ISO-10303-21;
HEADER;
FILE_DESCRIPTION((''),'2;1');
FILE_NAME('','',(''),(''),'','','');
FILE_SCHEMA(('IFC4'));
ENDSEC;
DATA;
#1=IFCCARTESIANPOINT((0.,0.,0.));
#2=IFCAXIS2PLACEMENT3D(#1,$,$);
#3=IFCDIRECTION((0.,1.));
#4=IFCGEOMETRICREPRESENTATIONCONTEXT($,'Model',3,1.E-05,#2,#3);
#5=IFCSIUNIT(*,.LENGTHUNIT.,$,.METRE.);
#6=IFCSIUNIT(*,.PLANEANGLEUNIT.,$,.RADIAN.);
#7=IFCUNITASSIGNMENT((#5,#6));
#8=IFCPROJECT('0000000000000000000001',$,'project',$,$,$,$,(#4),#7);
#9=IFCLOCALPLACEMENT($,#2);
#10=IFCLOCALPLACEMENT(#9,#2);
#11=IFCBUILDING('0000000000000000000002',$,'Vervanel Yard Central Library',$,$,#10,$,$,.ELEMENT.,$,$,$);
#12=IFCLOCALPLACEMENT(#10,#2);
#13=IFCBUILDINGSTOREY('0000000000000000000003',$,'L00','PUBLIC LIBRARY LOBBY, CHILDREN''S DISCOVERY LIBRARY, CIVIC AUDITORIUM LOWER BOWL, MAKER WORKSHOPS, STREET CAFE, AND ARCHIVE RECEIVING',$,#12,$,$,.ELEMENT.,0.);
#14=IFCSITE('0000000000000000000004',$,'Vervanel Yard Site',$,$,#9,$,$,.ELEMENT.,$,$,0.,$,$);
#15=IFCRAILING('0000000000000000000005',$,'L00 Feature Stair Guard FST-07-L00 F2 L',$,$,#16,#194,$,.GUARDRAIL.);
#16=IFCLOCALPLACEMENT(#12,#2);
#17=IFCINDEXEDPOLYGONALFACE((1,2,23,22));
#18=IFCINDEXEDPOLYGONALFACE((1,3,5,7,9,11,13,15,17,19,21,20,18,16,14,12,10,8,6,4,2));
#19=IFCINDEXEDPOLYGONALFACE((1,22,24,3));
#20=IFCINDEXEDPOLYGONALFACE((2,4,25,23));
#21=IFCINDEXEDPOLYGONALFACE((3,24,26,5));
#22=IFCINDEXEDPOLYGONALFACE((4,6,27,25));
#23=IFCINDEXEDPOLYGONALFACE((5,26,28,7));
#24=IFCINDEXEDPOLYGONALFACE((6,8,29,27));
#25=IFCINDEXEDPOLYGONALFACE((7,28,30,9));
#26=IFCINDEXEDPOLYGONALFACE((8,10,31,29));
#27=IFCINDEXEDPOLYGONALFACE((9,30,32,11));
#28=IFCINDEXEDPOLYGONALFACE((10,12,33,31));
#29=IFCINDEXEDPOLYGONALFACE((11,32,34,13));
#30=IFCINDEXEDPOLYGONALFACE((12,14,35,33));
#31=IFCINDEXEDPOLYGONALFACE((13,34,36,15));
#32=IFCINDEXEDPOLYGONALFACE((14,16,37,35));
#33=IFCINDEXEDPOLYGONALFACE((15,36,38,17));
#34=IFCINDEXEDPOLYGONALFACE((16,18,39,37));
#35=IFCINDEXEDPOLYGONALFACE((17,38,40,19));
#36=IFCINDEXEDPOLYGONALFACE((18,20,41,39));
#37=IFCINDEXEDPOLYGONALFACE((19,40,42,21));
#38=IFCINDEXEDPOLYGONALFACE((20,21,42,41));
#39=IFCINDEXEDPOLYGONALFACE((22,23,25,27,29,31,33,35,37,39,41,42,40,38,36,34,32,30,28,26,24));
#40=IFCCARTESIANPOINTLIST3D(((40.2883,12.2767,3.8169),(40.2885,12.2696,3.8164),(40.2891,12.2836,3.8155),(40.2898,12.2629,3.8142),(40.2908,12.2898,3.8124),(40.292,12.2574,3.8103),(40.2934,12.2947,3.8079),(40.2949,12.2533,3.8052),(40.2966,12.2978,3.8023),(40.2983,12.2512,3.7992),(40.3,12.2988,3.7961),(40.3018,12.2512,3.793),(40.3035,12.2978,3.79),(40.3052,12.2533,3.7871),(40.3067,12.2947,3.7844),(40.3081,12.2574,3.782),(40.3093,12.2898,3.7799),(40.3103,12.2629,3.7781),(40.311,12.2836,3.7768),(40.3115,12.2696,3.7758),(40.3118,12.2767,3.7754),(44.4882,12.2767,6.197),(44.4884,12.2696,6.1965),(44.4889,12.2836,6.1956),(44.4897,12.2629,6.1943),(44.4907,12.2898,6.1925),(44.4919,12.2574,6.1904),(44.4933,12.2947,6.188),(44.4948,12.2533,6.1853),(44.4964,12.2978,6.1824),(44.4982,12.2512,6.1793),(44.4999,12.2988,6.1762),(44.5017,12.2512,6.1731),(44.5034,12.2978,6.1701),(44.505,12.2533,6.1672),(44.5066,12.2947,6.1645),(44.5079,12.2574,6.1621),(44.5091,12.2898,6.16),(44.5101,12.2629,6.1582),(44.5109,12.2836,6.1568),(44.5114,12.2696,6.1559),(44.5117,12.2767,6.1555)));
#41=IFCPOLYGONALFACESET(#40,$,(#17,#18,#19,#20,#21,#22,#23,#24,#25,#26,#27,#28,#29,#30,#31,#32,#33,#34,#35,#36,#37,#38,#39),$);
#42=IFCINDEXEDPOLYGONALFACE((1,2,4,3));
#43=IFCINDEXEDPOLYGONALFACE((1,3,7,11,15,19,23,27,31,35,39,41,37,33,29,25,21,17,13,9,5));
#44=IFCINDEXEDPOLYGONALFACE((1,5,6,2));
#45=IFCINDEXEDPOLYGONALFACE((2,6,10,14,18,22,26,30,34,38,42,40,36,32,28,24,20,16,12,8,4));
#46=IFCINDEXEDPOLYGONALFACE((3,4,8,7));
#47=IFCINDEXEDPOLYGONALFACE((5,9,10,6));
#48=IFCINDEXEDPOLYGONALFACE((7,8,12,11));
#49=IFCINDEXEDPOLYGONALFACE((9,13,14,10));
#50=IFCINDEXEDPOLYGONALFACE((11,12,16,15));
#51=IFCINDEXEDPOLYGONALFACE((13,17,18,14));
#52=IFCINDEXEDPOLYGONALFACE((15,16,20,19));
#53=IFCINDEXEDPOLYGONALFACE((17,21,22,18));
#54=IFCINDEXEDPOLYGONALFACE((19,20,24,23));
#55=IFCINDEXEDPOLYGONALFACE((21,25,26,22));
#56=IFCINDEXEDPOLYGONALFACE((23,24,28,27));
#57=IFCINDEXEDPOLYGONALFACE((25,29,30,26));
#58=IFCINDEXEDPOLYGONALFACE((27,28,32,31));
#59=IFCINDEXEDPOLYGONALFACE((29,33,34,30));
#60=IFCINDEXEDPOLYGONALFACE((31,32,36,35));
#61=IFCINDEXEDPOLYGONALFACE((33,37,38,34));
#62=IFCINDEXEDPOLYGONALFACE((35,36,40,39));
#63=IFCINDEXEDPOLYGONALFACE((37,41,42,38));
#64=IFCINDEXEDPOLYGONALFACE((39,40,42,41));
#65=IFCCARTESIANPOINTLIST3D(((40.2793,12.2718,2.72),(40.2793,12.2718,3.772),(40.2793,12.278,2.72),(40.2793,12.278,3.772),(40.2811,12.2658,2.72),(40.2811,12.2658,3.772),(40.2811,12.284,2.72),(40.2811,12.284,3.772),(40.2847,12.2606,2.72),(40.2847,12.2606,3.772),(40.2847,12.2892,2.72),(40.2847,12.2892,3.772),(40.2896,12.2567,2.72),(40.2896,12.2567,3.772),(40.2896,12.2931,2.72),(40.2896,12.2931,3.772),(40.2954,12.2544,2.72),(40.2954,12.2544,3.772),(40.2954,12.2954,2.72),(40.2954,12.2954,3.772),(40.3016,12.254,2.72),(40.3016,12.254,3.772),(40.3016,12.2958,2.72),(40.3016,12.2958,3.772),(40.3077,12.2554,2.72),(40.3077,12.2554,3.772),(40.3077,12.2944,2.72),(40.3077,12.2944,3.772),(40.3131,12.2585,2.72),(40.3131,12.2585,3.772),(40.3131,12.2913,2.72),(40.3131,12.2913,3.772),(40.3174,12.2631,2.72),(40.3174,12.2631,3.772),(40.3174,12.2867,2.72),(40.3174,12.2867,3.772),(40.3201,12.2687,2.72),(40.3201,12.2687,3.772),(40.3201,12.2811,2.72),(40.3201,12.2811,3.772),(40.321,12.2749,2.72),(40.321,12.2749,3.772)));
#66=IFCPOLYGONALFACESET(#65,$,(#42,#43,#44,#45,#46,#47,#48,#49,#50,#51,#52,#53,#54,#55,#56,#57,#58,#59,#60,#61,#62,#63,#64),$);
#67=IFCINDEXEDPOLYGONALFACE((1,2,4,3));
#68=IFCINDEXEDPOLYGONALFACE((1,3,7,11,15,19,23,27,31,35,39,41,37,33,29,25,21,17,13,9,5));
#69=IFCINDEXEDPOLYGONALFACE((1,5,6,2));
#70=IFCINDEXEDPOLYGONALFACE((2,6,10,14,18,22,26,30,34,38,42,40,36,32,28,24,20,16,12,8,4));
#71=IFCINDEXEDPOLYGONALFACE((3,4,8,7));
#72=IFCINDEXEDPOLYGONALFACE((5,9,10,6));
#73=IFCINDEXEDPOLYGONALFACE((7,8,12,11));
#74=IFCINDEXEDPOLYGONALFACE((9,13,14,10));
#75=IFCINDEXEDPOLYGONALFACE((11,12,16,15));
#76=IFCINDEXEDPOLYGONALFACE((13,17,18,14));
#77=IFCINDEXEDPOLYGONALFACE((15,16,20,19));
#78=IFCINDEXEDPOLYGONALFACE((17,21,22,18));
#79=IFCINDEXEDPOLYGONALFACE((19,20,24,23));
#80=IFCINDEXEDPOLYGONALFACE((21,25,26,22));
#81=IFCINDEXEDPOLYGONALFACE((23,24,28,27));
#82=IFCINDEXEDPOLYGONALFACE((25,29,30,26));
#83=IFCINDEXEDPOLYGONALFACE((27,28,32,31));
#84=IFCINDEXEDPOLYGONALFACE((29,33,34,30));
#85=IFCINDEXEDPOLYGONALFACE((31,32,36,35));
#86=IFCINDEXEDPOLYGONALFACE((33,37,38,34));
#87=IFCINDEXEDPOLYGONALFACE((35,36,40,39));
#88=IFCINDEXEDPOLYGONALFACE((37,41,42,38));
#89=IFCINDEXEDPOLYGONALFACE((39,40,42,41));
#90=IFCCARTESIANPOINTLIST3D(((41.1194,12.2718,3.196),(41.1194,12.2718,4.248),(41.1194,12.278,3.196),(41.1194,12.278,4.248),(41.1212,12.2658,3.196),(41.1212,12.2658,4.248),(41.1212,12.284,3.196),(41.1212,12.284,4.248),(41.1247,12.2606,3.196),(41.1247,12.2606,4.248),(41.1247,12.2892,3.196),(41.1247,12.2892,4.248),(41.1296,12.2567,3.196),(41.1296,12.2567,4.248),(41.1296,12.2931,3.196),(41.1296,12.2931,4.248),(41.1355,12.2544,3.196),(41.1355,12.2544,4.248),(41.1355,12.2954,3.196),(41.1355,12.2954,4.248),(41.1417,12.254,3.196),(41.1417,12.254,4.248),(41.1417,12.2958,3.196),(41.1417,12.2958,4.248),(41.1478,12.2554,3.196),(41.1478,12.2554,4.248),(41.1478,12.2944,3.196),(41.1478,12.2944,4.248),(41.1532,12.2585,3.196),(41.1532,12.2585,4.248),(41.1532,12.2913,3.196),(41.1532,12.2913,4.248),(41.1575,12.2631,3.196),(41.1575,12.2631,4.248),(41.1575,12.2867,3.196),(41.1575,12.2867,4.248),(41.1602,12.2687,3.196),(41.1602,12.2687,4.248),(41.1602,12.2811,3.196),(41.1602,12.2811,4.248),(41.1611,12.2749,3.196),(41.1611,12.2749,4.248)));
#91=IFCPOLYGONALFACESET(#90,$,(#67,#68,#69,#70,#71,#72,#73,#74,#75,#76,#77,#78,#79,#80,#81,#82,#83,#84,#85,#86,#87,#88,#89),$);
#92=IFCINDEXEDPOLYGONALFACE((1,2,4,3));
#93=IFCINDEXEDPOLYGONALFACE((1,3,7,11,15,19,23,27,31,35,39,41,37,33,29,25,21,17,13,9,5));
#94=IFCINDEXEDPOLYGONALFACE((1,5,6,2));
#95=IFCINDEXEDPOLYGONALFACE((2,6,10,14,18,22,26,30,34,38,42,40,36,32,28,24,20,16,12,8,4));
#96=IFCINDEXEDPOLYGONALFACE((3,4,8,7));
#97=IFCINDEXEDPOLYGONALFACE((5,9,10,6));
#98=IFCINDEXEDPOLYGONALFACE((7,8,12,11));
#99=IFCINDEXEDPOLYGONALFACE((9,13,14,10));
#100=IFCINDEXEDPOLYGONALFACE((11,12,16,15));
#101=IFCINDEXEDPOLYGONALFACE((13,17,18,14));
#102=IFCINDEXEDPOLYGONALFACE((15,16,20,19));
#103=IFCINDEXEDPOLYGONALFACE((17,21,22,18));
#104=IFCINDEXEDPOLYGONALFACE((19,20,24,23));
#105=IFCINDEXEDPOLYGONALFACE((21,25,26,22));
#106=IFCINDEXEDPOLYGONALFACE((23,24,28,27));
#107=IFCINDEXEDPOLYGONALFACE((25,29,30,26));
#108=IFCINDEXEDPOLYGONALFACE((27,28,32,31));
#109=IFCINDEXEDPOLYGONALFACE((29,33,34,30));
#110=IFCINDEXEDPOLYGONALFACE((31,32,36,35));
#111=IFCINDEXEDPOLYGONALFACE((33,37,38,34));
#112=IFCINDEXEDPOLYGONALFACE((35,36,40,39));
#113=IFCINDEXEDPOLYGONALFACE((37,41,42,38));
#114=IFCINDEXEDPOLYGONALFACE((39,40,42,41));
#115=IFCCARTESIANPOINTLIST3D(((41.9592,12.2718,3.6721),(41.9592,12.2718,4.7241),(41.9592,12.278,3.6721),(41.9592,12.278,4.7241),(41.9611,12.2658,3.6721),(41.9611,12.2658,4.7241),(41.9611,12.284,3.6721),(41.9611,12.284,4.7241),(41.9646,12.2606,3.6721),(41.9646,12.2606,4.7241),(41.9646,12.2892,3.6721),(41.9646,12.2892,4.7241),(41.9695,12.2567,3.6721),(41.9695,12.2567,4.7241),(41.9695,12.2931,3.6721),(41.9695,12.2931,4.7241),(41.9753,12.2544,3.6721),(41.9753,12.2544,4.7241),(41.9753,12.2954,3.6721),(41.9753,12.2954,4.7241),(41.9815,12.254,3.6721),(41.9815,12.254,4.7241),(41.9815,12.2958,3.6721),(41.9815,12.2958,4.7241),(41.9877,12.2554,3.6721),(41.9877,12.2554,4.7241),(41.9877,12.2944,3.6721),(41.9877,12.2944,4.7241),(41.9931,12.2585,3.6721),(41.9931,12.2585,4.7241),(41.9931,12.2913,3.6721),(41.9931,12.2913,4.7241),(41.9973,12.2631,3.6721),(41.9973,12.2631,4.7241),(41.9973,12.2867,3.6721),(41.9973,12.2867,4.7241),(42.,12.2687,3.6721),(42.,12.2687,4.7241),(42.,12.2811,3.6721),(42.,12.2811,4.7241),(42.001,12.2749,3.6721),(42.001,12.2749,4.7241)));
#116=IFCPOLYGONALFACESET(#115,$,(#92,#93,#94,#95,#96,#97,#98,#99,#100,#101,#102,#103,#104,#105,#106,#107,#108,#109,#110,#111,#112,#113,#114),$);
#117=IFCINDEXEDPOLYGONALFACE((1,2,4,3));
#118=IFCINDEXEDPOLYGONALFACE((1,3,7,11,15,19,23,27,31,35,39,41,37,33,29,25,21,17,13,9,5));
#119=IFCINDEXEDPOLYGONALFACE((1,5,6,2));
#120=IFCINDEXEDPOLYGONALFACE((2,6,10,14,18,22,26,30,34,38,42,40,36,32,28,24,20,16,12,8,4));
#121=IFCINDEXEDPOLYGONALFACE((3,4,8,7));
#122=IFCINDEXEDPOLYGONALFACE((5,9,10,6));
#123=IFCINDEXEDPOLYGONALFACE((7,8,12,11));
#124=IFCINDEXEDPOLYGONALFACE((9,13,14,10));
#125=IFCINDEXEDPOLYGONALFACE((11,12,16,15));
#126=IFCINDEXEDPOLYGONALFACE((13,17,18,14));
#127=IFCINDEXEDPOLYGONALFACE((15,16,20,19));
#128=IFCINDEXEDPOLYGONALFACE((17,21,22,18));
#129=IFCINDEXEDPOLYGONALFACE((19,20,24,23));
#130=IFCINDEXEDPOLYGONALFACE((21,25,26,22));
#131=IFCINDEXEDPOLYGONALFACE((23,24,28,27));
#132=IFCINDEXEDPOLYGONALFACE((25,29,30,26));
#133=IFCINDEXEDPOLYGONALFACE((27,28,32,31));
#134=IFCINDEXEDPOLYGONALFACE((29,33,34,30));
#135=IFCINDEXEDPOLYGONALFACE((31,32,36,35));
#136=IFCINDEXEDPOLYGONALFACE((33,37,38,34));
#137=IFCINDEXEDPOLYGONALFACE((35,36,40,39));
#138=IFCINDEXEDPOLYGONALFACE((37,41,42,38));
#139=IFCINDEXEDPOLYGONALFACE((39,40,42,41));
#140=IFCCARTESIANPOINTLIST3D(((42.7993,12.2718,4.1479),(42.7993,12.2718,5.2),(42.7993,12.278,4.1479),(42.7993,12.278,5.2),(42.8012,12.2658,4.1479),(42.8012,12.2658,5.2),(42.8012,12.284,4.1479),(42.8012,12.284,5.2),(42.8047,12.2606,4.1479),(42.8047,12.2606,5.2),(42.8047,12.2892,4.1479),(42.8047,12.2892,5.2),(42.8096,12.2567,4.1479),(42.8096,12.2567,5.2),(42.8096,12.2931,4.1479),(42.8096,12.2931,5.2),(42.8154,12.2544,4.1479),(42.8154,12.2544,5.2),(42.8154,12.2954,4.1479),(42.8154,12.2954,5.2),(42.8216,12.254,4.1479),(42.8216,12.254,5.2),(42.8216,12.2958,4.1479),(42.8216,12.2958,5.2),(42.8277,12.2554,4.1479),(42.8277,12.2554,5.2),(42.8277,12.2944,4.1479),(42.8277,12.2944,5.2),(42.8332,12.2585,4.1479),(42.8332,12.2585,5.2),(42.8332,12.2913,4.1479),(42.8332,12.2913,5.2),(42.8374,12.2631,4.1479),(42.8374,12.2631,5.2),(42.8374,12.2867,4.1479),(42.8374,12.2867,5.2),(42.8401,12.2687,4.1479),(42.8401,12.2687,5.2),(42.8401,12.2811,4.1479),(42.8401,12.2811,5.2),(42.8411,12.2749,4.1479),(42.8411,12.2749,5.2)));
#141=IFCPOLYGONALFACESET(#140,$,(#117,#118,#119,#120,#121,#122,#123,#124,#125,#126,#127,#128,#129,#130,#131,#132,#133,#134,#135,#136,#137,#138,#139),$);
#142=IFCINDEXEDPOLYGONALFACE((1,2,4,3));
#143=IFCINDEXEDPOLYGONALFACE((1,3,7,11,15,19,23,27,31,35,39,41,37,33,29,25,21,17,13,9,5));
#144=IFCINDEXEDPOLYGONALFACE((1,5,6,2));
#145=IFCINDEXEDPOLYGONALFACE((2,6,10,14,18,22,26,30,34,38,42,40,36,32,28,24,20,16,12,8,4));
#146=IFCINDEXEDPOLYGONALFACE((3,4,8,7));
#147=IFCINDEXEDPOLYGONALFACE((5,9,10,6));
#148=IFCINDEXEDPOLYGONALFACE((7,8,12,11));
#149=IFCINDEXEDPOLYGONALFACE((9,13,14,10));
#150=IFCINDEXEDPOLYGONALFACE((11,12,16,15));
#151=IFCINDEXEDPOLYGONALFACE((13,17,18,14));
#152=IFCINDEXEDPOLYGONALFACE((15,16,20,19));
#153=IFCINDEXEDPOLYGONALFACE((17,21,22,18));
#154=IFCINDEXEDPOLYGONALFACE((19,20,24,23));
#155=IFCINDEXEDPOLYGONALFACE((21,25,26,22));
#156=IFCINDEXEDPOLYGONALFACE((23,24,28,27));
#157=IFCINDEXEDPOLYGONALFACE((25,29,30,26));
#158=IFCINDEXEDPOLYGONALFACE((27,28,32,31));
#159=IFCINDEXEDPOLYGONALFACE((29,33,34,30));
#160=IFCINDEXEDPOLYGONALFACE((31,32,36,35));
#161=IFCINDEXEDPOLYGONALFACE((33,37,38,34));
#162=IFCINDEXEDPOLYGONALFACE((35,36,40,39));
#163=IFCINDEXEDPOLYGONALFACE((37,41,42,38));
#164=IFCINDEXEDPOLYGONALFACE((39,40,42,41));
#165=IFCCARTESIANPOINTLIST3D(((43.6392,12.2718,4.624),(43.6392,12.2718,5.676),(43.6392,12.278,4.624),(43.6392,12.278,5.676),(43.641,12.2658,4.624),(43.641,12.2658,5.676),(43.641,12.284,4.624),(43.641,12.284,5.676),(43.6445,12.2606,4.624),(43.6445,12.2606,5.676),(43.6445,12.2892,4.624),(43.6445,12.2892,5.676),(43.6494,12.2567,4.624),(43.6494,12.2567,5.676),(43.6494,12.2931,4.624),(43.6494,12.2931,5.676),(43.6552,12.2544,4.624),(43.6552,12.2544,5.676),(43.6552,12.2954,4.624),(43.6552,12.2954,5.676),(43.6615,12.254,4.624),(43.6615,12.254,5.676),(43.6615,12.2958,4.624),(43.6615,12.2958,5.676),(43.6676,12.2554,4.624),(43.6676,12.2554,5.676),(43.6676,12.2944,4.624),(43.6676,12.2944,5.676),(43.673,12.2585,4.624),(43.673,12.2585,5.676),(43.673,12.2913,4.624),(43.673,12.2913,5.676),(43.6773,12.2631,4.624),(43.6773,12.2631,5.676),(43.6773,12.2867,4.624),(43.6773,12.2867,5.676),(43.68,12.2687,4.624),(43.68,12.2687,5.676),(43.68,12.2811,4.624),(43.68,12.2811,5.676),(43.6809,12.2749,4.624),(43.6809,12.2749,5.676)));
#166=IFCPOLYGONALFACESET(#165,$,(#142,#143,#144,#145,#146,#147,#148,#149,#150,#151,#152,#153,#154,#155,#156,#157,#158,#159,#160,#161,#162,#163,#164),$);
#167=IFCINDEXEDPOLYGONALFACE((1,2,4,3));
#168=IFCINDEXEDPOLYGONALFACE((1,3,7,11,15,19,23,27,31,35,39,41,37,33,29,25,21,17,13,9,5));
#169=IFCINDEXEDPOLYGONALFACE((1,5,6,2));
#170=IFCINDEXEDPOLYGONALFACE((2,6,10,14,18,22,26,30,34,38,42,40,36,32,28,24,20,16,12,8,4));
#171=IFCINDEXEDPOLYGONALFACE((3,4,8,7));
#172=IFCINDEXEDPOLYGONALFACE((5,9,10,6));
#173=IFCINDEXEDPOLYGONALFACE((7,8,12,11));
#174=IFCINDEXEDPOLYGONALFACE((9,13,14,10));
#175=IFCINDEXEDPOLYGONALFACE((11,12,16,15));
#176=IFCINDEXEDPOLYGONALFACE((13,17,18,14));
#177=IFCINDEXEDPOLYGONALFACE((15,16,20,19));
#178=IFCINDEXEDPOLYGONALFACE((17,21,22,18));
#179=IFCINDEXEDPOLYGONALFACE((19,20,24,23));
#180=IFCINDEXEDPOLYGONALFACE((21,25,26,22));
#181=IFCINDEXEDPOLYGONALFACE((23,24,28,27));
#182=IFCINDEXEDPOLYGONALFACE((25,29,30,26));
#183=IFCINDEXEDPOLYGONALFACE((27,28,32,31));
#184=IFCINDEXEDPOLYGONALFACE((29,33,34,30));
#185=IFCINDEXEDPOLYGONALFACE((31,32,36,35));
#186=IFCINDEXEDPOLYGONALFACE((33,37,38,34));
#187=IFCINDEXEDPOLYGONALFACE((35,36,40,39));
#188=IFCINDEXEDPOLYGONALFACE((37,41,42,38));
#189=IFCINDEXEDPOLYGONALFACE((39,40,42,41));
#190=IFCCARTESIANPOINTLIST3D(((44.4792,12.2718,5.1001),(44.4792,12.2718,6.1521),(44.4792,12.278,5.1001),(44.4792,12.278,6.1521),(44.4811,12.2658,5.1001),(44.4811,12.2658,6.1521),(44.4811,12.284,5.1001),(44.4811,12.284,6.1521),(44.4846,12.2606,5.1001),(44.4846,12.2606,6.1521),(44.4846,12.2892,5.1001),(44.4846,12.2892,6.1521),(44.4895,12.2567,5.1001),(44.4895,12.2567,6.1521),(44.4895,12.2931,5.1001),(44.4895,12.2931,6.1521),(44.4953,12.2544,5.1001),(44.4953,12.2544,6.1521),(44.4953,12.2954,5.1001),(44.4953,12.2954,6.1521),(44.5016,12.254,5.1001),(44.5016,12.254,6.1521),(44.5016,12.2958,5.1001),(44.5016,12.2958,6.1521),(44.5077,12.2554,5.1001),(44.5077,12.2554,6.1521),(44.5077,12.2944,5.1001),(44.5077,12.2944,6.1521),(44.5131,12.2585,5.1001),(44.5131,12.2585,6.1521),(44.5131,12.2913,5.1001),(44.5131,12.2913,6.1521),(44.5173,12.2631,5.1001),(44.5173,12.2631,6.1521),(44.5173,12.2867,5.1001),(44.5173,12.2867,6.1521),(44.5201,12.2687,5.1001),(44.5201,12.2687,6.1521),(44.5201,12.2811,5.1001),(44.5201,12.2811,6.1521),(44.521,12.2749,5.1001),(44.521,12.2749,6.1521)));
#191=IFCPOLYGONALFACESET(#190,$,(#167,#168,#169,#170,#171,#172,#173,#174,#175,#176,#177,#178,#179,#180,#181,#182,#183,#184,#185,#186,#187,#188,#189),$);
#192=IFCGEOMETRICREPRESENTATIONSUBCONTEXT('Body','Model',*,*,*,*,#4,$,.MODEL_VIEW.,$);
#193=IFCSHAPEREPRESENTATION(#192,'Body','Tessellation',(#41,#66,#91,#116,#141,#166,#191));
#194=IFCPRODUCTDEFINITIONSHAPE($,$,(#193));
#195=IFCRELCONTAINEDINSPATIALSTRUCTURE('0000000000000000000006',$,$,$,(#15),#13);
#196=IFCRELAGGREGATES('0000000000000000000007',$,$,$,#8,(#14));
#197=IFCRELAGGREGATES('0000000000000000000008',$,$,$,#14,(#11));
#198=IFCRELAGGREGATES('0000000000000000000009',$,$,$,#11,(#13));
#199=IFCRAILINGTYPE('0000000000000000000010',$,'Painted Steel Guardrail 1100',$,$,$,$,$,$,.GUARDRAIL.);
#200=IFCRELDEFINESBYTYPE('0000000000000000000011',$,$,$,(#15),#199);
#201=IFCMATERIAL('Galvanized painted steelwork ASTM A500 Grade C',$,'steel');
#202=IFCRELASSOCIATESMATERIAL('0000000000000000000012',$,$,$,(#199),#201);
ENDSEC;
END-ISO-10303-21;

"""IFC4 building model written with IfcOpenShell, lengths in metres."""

from ifc_helpers import new_model, si_unit, direction, frame, origin, origin_2d, place, context, subcontext, project, spatial, circle, extrude, material, type_object, element, save


model = new_model("IFC4")

# Units and contexts
model_context = context("Model", 3, precision=1e-05, world=origin(), true_north=direction((0.0, 1.0)))
body_context = subcontext(model_context, "Body", "Model", "MODEL_VIEW")
ifc_project = project(units=[si_unit("LENGTHUNIT", "METRE"), si_unit("PLANEANGLEUNIT", "RADIAN")], contexts=[model_context])

# Site, building, storey
site_placement = place(None, origin())
site = spatial("IfcSite", under=ifc_project, at=site_placement, Name="Vervanel Yard Site", CompositionType="ELEMENT", RefElevation=0.0)
building_placement = place(site_placement, origin())
building = spatial("IfcBuilding", under=site, at=building_placement, Name="Vervanel Yard Central Library", CompositionType="ELEMENT")
storey_placement = place(building_placement, origin())
storey = spatial("IfcBuildingStorey", under=building, at=storey_placement, Name="L00", Description="PUBLIC LIBRARY LOBBY, CHILDREN'S DISCOVERY LIBRARY, CIVIC AUDITORIUM LOWER BOWL, MAKER WORKSHOPS, STREET CAFE, AND ARCHIVE RECEIVING", CompositionType="ELEMENT", Elevation=0.0)

# Railing
ifc_material_1 = material(Name="Galvanized painted steelwork ASTM A500 Grade C", Category="steel")
railing_type = type_object("IfcRailingType", Name="Painted Steel Guardrail 1100", PredefinedType="GUARDRAIL", material=ifc_material_1)
railing_1_placement = place(storey_placement, frame((40.3, 12.2749, 2.72)))
element("IfcRailing", 1, at=railing_1_placement, inside=storey, type_object=railing_type, Name="L00 Feature Stair Guard FST-07-L00 F2 L", PredefinedType="GUARDRAIL", context=body_context, shape_type="SweptSolid", body=[
    extrude(circle(Radius=0.0239, at=origin_2d()), frame((0.0, 0.0, 1.0762), z_axis=(0.870008, 0.0, 0.493037), x_axis=(0.0, 1.0, 0.0)), (0.0, 0.0, 1.0), 4.8274),
    extrude(circle(Radius=0.021, at=origin_2d()), origin(), (0.0, 0.0, 1.0), 1.052),
    extrude(circle(Radius=0.021, at=origin_2d()), frame((0.8401, 0.0, 0.4761)), (0.0, 0.0, 1.0), 1.052),
    extrude(circle(Radius=0.021, at=origin_2d()), frame((1.6799, 0.0, 0.9521)), (0.0, 0.0, 1.0), 1.052),
    extrude(circle(Radius=0.021, at=origin_2d()), frame((2.52, 0.0, 1.428)), (0.0, 0.0, 1.0), 1.052),
    extrude(circle(Radius=0.021, at=origin_2d()), frame((3.3599, 0.0, 1.9041)), (0.0, 0.0, 1.0), 1.052),
    extrude(circle(Radius=0.021, at=origin_2d()), frame((4.2, 0.0, 2.3801)), (0.0, 0.0, 1.0), 1.052),
])

save(model, "model.ifc")
